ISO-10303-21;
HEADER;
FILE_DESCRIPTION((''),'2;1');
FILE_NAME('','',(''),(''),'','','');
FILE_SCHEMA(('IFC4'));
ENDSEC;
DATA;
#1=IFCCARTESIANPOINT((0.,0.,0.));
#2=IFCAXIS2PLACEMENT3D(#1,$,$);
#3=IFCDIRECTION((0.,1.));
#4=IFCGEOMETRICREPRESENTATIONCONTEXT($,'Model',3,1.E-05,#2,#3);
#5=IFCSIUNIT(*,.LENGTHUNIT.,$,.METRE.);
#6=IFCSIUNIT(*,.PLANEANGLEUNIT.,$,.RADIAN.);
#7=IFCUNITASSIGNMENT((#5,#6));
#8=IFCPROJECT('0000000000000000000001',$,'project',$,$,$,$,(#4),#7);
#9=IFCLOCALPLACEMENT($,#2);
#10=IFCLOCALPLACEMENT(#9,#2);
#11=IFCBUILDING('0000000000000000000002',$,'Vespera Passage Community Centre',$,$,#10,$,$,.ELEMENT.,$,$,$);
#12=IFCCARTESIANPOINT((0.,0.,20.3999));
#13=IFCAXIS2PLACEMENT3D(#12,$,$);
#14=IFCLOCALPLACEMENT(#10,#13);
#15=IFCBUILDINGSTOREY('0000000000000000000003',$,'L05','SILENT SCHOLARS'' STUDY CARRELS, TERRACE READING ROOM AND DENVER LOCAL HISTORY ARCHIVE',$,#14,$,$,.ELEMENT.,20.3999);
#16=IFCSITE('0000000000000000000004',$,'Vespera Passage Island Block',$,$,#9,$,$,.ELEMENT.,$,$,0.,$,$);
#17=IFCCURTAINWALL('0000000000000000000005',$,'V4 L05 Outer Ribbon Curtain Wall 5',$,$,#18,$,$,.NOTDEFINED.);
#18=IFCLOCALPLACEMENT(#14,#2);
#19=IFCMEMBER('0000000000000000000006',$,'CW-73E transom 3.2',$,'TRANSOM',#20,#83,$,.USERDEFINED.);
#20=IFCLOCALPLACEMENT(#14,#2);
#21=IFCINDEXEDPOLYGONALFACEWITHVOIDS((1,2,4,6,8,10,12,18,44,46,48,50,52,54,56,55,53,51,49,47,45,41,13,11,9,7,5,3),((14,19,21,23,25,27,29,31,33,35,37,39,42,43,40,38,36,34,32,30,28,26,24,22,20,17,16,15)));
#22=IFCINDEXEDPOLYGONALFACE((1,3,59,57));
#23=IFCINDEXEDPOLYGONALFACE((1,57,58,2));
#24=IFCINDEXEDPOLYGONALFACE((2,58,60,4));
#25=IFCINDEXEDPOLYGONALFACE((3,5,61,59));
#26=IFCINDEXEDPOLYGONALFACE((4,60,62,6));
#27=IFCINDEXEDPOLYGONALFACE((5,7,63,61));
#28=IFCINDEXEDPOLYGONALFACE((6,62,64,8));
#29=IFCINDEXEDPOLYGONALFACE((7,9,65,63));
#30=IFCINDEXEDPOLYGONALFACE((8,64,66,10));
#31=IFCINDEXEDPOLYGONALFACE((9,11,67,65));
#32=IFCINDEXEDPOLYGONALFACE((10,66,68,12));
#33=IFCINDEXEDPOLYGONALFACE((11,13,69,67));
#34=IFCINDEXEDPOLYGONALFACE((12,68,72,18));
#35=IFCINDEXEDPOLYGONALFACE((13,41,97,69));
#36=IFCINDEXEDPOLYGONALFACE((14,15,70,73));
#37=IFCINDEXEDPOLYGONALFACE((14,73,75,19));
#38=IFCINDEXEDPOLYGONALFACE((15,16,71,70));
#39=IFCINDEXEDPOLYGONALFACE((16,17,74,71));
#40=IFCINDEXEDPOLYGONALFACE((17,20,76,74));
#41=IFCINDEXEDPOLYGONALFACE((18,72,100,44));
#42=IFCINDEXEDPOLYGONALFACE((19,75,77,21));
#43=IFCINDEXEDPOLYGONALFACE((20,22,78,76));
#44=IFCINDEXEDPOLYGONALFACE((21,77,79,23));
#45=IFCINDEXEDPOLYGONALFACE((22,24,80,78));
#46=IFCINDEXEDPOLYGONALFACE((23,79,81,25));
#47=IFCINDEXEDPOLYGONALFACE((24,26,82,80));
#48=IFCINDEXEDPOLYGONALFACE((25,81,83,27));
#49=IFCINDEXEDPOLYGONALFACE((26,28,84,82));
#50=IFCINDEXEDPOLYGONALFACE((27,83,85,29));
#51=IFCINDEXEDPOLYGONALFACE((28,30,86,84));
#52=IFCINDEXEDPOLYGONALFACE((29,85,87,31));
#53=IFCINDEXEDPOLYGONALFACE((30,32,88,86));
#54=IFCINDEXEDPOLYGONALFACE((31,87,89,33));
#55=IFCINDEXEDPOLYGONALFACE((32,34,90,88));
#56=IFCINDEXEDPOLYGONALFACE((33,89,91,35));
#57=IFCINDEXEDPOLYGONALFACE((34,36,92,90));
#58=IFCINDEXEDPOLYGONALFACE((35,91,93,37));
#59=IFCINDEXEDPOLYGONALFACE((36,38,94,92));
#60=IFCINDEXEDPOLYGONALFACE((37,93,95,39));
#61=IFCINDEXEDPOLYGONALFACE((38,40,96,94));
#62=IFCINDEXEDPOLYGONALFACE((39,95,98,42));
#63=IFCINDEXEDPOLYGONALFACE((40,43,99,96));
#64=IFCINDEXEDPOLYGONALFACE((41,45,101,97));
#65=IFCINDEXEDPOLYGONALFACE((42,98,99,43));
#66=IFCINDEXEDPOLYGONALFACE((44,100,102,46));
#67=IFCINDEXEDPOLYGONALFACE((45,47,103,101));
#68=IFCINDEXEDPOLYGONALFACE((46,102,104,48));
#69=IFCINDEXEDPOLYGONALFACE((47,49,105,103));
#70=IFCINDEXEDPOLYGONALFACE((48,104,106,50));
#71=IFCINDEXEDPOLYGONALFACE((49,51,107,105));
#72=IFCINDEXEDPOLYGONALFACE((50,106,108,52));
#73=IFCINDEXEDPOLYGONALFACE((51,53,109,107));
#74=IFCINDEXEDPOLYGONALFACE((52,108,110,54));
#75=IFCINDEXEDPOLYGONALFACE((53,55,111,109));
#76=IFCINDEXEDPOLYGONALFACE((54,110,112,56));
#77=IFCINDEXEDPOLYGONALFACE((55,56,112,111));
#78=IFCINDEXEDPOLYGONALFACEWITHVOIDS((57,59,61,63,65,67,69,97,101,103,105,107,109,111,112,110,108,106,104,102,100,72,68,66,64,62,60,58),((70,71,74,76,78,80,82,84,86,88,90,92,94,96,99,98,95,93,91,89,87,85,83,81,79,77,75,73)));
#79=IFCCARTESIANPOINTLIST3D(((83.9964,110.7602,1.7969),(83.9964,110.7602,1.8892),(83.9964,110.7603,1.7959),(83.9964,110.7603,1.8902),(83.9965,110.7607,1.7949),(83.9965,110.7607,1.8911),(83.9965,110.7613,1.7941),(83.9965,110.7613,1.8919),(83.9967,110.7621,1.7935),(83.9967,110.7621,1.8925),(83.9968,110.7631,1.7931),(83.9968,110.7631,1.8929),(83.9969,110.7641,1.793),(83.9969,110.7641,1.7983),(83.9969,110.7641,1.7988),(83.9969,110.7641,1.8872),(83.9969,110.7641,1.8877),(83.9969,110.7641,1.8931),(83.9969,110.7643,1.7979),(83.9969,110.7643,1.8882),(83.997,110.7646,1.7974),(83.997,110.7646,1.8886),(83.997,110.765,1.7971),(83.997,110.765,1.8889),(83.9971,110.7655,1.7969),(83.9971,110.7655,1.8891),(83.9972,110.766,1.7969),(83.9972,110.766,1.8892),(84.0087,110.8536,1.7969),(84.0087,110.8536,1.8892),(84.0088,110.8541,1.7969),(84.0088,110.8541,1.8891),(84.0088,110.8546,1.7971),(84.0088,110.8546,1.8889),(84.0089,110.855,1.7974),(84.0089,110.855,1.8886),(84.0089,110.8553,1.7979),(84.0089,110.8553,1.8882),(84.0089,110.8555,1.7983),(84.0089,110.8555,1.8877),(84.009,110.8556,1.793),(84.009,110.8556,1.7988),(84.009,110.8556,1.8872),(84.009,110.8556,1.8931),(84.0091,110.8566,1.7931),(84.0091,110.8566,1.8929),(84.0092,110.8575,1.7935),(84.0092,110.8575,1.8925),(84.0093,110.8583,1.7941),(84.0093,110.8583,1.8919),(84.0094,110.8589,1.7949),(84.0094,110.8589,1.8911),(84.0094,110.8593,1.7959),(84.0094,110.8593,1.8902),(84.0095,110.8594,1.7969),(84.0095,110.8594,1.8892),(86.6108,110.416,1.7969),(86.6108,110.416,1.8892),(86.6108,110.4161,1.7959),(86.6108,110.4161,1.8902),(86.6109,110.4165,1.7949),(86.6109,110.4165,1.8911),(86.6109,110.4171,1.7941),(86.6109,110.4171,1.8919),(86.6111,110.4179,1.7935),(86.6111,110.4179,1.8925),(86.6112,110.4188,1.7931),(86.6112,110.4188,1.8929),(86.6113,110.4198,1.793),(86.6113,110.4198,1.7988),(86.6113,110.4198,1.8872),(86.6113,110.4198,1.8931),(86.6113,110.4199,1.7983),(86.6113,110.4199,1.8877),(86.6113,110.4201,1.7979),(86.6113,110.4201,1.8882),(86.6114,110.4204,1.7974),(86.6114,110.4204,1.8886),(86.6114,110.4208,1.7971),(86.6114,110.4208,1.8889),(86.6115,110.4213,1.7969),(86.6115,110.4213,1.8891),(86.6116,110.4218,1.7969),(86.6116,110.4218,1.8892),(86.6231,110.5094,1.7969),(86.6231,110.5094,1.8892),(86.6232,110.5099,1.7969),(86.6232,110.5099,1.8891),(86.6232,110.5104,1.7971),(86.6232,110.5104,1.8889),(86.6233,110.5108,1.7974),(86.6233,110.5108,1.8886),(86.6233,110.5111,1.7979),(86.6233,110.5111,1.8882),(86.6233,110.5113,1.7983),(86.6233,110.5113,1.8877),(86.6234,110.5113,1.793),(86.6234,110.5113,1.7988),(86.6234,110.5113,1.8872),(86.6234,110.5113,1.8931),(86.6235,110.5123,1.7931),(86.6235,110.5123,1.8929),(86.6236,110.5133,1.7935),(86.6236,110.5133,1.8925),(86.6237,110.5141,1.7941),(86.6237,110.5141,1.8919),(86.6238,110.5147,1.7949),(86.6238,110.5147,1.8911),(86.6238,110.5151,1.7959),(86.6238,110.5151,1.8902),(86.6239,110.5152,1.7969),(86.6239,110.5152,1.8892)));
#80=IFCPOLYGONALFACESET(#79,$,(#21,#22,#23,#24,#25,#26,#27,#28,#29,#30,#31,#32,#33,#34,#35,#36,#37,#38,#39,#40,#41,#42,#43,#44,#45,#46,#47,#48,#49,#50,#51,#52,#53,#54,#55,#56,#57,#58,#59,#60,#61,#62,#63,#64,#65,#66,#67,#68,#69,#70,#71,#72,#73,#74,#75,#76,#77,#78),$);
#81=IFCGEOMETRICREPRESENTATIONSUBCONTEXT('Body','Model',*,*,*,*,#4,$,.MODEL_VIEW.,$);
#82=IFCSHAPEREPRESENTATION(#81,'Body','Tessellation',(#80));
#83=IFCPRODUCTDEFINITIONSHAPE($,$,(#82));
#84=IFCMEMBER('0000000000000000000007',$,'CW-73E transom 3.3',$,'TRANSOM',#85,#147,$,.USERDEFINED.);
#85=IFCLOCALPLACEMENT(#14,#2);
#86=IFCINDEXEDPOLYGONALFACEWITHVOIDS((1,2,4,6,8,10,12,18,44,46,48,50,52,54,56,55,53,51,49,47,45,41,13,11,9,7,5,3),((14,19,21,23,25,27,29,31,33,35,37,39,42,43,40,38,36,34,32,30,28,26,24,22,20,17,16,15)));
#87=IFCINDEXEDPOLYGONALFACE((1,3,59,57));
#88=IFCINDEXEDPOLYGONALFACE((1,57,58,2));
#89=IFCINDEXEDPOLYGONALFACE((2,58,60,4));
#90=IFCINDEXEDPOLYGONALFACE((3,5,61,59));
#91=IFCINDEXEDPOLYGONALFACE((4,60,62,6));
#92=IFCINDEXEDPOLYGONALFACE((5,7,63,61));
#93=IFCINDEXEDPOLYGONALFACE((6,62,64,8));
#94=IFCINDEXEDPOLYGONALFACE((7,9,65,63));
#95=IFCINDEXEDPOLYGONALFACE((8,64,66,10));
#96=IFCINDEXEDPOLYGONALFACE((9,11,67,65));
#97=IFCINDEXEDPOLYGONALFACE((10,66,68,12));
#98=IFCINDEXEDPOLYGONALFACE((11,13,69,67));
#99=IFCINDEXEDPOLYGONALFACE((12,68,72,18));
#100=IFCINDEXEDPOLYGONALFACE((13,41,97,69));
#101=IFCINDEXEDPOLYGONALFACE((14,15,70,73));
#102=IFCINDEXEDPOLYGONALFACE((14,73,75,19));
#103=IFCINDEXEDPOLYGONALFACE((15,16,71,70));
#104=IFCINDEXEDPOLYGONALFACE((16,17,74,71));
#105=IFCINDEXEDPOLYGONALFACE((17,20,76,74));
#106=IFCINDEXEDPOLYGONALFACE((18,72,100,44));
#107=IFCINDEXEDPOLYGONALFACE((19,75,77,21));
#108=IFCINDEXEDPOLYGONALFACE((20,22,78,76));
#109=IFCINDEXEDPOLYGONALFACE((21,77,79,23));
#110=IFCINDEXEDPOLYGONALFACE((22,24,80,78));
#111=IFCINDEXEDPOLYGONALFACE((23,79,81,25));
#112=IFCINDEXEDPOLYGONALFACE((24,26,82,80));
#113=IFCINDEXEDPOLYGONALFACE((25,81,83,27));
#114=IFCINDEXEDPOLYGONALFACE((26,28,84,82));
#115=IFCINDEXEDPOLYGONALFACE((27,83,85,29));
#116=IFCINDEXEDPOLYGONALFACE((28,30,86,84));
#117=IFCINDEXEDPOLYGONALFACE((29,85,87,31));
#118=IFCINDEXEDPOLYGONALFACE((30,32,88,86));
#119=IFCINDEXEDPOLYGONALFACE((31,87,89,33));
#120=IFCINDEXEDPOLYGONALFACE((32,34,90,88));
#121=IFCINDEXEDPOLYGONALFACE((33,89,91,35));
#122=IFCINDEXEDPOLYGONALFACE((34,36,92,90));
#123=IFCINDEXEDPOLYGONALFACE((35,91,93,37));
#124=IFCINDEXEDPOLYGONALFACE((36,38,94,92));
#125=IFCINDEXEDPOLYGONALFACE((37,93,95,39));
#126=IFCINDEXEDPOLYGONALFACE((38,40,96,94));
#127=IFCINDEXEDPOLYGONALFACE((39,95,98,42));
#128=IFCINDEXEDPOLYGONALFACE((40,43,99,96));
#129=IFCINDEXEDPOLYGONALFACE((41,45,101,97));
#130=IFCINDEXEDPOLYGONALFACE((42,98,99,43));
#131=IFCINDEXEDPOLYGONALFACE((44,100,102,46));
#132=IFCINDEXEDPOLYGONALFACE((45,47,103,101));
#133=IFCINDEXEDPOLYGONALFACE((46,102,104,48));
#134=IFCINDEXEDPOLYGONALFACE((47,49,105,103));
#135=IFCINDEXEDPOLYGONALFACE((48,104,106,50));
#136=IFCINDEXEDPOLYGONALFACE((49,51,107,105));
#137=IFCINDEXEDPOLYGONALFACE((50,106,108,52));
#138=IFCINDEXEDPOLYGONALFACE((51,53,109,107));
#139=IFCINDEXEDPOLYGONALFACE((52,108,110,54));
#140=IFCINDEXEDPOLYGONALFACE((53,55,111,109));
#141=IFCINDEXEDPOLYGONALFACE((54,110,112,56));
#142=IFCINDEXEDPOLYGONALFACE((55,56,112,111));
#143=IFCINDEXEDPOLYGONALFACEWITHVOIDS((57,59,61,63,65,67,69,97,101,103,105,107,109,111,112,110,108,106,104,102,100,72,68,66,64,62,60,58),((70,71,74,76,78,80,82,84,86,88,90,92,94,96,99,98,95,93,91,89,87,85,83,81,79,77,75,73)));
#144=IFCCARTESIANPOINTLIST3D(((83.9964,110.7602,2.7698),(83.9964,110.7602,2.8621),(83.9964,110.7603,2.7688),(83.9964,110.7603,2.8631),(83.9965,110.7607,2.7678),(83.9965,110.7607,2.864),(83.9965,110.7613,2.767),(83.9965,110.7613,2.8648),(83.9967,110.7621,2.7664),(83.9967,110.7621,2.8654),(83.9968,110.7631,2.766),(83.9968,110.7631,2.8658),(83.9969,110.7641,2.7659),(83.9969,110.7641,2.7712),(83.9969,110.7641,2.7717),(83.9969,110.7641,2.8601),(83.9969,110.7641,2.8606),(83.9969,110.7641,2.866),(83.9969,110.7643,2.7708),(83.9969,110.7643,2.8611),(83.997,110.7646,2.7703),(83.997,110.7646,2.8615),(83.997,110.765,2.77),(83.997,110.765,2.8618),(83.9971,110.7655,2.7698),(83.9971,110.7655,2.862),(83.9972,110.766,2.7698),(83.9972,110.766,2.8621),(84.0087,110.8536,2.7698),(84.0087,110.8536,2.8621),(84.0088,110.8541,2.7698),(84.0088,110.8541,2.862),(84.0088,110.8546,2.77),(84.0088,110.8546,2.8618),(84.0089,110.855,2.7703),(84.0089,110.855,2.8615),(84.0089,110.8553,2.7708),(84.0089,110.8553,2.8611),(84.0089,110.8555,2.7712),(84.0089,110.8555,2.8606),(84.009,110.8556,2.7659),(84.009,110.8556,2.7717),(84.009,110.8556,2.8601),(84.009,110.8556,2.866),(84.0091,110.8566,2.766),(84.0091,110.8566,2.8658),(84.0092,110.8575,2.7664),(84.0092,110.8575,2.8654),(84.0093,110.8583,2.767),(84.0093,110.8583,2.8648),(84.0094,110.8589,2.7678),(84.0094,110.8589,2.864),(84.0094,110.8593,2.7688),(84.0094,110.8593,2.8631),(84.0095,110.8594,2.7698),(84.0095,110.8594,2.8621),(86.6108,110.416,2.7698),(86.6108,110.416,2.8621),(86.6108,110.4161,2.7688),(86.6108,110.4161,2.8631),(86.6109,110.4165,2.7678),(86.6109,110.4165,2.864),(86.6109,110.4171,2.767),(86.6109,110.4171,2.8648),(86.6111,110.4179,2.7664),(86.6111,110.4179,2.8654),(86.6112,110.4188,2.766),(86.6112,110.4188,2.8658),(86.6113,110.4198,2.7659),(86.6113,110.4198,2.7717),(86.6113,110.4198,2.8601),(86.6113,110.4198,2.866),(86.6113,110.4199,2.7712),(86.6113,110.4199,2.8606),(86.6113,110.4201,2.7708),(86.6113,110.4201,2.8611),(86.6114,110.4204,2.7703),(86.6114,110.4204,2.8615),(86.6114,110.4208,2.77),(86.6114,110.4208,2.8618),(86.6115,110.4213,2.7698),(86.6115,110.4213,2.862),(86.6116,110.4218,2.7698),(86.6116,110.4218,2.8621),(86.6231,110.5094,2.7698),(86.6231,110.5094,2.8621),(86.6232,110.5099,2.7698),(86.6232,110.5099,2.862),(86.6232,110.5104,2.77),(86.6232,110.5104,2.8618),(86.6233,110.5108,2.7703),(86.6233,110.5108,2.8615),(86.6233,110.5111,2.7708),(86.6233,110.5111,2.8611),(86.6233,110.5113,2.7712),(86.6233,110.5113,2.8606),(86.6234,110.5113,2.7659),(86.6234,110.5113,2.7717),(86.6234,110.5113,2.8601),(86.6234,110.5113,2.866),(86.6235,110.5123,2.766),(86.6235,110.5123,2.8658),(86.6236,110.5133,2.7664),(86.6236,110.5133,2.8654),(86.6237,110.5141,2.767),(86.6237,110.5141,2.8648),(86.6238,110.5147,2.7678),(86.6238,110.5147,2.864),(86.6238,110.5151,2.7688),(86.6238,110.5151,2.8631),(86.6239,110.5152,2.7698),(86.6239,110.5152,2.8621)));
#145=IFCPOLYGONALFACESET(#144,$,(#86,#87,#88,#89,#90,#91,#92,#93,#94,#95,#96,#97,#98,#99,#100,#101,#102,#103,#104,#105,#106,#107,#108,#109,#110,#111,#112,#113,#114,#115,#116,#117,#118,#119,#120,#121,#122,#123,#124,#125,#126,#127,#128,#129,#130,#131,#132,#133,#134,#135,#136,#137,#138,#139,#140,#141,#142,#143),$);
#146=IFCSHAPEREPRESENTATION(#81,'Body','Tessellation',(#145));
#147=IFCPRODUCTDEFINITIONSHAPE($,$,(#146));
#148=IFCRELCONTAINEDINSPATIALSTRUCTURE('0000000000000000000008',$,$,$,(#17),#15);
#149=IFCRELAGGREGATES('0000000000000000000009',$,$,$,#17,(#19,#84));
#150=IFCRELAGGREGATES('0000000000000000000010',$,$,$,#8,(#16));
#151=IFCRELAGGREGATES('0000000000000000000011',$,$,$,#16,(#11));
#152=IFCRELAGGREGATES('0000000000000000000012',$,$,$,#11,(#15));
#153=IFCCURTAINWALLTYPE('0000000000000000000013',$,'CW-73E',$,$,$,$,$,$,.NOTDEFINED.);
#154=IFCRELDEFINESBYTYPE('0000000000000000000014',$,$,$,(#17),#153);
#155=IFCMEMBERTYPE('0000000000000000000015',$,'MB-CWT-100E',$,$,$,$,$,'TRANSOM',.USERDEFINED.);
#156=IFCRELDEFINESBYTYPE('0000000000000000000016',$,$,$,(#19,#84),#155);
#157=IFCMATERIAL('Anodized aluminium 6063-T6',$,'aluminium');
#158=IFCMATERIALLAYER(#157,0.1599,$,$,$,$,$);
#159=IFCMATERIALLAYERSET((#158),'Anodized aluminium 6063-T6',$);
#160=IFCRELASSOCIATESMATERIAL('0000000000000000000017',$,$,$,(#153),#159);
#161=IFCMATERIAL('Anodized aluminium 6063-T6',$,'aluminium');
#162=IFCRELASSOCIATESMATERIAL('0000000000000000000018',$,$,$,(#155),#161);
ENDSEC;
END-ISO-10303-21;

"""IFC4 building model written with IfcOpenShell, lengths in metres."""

from ifc_helpers import new_model, si_unit, direction, frame, origin, origin_2d, place, context, subcontext, project, spatial, hollow_rectangle, extrude, material, layer, layer_set, material_profile, profile_set, type_object, element, aggregate, save


model = new_model("IFC4")

# Units and contexts
model_context = context("Model", 3, precision=1e-05, world=origin(), true_north=direction((0.0, 1.0)))
body_context = subcontext(model_context, "Body", "Model", "MODEL_VIEW")
ifc_project = project(units=[si_unit("LENGTHUNIT", "METRE"), si_unit("PLANEANGLEUNIT", "RADIAN")], contexts=[model_context])

# Site, building, storey
site_placement = place(None, origin())
site = spatial("IfcSite", under=ifc_project, at=site_placement, Name="Vespera Passage Island Block", CompositionType="ELEMENT", RefElevation=0.0)
building_placement = place(site_placement, origin())
building = spatial("IfcBuilding", under=site, at=building_placement, Name="Vespera Passage Community Centre", CompositionType="ELEMENT")
storey_placement = place(building_placement, frame((0.0, 0.0, 20.3999)))
storey = spatial("IfcBuildingStorey", under=building, at=storey_placement, Name="L05", Description="SILENT SCHOLARS' STUDY CARRELS, TERRACE READING ROOM AND DENVER LOCAL HISTORY ARCHIVE", CompositionType="ELEMENT", Elevation=20.3999)

# Curtain wall, members
ifc_material_1 = material(Name="Anodized aluminium 6063-T6", Category="aluminium")
ifc_layer_1 = layer(ifc_material_1, 0.1599)
ifc_layer_set_1 = layer_set([ifc_layer_1], Name="Anodized aluminium 6063-T6")
curtain_wall_type_1 = type_object("IfcCurtainWallType", Name="CW-73E", PredefinedType="NOTDEFINED", material=ifc_layer_set_1)
curtain_wall_1_placement = place(storey_placement, origin())
curtain_wall_1 = element("IfcCurtainWall", 1, at=curtain_wall_1_placement, inside=storey, type_object=curtain_wall_type_1, Name="V4 L05 Outer Ribbon Curtain Wall 5", PredefinedType="NOTDEFINED")
ifc_material_2 = material(Name="Anodized aluminium 6063-T6", Category="aluminium")
ifc_material_profile_1 = material_profile(ifc_material_2, hollow_rectangle(XDim=0.1001, YDim=0.1001, WallThickness=0.0039, InnerFilletRadius=0.002, OuterFilletRadius=0.0039, at=origin_2d()), Name="ALU100X100X4")
ifc_profile_set_1 = profile_set([ifc_material_profile_1], Name="Anodized aluminium 6063-T6")
member_type_1 = type_object("IfcMemberType", Name="MB-CWT-100E", ElementType="TRANSOM", PredefinedType="USERDEFINED", material=ifc_profile_set_1)
member_1_placement = place(storey_placement, frame((84.0029, 110.8098, 1.843), z_axis=(0.991443, -0.130538, 0.0), x_axis=(0.130538, 0.991443, 0.0)))
member_1 = element("IfcMember", 2, at=member_1_placement, type_object=member_type_1, Name="CW-73E transom 3.2", ObjectType="TRANSOM", PredefinedType="USERDEFINED", context=body_context, shape_type="SweptSolid", body=[
    extrude(hollow_rectangle(XDim=0.1001, YDim=0.1001, WallThickness=0.0039, InnerFilletRadius=0.002, OuterFilletRadius=0.0039, at=origin_2d()), origin(), (0.0, 0.0, 1.0), 2.637),
])
member_2_placement = place(storey_placement, frame((84.0029, 110.8098, 2.8159), z_axis=(0.991443, -0.130538, 0.0), x_axis=(0.130538, 0.991443, 0.0)))
member_2 = element("IfcMember", 3, at=member_2_placement, type_object=member_type_1, Name="CW-73E transom 3.3", ObjectType="TRANSOM", PredefinedType="USERDEFINED", context=body_context, shape_type="SweptSolid", body=[
    extrude(hollow_rectangle(XDim=0.1001, YDim=0.1001, WallThickness=0.0039, InnerFilletRadius=0.002, OuterFilletRadius=0.0039, at=origin_2d()), origin(), (0.0, 0.0, 1.0), 2.637),
])

aggregate(curtain_wall_1, [member_1, member_2])

save(model, "model.ifc")
